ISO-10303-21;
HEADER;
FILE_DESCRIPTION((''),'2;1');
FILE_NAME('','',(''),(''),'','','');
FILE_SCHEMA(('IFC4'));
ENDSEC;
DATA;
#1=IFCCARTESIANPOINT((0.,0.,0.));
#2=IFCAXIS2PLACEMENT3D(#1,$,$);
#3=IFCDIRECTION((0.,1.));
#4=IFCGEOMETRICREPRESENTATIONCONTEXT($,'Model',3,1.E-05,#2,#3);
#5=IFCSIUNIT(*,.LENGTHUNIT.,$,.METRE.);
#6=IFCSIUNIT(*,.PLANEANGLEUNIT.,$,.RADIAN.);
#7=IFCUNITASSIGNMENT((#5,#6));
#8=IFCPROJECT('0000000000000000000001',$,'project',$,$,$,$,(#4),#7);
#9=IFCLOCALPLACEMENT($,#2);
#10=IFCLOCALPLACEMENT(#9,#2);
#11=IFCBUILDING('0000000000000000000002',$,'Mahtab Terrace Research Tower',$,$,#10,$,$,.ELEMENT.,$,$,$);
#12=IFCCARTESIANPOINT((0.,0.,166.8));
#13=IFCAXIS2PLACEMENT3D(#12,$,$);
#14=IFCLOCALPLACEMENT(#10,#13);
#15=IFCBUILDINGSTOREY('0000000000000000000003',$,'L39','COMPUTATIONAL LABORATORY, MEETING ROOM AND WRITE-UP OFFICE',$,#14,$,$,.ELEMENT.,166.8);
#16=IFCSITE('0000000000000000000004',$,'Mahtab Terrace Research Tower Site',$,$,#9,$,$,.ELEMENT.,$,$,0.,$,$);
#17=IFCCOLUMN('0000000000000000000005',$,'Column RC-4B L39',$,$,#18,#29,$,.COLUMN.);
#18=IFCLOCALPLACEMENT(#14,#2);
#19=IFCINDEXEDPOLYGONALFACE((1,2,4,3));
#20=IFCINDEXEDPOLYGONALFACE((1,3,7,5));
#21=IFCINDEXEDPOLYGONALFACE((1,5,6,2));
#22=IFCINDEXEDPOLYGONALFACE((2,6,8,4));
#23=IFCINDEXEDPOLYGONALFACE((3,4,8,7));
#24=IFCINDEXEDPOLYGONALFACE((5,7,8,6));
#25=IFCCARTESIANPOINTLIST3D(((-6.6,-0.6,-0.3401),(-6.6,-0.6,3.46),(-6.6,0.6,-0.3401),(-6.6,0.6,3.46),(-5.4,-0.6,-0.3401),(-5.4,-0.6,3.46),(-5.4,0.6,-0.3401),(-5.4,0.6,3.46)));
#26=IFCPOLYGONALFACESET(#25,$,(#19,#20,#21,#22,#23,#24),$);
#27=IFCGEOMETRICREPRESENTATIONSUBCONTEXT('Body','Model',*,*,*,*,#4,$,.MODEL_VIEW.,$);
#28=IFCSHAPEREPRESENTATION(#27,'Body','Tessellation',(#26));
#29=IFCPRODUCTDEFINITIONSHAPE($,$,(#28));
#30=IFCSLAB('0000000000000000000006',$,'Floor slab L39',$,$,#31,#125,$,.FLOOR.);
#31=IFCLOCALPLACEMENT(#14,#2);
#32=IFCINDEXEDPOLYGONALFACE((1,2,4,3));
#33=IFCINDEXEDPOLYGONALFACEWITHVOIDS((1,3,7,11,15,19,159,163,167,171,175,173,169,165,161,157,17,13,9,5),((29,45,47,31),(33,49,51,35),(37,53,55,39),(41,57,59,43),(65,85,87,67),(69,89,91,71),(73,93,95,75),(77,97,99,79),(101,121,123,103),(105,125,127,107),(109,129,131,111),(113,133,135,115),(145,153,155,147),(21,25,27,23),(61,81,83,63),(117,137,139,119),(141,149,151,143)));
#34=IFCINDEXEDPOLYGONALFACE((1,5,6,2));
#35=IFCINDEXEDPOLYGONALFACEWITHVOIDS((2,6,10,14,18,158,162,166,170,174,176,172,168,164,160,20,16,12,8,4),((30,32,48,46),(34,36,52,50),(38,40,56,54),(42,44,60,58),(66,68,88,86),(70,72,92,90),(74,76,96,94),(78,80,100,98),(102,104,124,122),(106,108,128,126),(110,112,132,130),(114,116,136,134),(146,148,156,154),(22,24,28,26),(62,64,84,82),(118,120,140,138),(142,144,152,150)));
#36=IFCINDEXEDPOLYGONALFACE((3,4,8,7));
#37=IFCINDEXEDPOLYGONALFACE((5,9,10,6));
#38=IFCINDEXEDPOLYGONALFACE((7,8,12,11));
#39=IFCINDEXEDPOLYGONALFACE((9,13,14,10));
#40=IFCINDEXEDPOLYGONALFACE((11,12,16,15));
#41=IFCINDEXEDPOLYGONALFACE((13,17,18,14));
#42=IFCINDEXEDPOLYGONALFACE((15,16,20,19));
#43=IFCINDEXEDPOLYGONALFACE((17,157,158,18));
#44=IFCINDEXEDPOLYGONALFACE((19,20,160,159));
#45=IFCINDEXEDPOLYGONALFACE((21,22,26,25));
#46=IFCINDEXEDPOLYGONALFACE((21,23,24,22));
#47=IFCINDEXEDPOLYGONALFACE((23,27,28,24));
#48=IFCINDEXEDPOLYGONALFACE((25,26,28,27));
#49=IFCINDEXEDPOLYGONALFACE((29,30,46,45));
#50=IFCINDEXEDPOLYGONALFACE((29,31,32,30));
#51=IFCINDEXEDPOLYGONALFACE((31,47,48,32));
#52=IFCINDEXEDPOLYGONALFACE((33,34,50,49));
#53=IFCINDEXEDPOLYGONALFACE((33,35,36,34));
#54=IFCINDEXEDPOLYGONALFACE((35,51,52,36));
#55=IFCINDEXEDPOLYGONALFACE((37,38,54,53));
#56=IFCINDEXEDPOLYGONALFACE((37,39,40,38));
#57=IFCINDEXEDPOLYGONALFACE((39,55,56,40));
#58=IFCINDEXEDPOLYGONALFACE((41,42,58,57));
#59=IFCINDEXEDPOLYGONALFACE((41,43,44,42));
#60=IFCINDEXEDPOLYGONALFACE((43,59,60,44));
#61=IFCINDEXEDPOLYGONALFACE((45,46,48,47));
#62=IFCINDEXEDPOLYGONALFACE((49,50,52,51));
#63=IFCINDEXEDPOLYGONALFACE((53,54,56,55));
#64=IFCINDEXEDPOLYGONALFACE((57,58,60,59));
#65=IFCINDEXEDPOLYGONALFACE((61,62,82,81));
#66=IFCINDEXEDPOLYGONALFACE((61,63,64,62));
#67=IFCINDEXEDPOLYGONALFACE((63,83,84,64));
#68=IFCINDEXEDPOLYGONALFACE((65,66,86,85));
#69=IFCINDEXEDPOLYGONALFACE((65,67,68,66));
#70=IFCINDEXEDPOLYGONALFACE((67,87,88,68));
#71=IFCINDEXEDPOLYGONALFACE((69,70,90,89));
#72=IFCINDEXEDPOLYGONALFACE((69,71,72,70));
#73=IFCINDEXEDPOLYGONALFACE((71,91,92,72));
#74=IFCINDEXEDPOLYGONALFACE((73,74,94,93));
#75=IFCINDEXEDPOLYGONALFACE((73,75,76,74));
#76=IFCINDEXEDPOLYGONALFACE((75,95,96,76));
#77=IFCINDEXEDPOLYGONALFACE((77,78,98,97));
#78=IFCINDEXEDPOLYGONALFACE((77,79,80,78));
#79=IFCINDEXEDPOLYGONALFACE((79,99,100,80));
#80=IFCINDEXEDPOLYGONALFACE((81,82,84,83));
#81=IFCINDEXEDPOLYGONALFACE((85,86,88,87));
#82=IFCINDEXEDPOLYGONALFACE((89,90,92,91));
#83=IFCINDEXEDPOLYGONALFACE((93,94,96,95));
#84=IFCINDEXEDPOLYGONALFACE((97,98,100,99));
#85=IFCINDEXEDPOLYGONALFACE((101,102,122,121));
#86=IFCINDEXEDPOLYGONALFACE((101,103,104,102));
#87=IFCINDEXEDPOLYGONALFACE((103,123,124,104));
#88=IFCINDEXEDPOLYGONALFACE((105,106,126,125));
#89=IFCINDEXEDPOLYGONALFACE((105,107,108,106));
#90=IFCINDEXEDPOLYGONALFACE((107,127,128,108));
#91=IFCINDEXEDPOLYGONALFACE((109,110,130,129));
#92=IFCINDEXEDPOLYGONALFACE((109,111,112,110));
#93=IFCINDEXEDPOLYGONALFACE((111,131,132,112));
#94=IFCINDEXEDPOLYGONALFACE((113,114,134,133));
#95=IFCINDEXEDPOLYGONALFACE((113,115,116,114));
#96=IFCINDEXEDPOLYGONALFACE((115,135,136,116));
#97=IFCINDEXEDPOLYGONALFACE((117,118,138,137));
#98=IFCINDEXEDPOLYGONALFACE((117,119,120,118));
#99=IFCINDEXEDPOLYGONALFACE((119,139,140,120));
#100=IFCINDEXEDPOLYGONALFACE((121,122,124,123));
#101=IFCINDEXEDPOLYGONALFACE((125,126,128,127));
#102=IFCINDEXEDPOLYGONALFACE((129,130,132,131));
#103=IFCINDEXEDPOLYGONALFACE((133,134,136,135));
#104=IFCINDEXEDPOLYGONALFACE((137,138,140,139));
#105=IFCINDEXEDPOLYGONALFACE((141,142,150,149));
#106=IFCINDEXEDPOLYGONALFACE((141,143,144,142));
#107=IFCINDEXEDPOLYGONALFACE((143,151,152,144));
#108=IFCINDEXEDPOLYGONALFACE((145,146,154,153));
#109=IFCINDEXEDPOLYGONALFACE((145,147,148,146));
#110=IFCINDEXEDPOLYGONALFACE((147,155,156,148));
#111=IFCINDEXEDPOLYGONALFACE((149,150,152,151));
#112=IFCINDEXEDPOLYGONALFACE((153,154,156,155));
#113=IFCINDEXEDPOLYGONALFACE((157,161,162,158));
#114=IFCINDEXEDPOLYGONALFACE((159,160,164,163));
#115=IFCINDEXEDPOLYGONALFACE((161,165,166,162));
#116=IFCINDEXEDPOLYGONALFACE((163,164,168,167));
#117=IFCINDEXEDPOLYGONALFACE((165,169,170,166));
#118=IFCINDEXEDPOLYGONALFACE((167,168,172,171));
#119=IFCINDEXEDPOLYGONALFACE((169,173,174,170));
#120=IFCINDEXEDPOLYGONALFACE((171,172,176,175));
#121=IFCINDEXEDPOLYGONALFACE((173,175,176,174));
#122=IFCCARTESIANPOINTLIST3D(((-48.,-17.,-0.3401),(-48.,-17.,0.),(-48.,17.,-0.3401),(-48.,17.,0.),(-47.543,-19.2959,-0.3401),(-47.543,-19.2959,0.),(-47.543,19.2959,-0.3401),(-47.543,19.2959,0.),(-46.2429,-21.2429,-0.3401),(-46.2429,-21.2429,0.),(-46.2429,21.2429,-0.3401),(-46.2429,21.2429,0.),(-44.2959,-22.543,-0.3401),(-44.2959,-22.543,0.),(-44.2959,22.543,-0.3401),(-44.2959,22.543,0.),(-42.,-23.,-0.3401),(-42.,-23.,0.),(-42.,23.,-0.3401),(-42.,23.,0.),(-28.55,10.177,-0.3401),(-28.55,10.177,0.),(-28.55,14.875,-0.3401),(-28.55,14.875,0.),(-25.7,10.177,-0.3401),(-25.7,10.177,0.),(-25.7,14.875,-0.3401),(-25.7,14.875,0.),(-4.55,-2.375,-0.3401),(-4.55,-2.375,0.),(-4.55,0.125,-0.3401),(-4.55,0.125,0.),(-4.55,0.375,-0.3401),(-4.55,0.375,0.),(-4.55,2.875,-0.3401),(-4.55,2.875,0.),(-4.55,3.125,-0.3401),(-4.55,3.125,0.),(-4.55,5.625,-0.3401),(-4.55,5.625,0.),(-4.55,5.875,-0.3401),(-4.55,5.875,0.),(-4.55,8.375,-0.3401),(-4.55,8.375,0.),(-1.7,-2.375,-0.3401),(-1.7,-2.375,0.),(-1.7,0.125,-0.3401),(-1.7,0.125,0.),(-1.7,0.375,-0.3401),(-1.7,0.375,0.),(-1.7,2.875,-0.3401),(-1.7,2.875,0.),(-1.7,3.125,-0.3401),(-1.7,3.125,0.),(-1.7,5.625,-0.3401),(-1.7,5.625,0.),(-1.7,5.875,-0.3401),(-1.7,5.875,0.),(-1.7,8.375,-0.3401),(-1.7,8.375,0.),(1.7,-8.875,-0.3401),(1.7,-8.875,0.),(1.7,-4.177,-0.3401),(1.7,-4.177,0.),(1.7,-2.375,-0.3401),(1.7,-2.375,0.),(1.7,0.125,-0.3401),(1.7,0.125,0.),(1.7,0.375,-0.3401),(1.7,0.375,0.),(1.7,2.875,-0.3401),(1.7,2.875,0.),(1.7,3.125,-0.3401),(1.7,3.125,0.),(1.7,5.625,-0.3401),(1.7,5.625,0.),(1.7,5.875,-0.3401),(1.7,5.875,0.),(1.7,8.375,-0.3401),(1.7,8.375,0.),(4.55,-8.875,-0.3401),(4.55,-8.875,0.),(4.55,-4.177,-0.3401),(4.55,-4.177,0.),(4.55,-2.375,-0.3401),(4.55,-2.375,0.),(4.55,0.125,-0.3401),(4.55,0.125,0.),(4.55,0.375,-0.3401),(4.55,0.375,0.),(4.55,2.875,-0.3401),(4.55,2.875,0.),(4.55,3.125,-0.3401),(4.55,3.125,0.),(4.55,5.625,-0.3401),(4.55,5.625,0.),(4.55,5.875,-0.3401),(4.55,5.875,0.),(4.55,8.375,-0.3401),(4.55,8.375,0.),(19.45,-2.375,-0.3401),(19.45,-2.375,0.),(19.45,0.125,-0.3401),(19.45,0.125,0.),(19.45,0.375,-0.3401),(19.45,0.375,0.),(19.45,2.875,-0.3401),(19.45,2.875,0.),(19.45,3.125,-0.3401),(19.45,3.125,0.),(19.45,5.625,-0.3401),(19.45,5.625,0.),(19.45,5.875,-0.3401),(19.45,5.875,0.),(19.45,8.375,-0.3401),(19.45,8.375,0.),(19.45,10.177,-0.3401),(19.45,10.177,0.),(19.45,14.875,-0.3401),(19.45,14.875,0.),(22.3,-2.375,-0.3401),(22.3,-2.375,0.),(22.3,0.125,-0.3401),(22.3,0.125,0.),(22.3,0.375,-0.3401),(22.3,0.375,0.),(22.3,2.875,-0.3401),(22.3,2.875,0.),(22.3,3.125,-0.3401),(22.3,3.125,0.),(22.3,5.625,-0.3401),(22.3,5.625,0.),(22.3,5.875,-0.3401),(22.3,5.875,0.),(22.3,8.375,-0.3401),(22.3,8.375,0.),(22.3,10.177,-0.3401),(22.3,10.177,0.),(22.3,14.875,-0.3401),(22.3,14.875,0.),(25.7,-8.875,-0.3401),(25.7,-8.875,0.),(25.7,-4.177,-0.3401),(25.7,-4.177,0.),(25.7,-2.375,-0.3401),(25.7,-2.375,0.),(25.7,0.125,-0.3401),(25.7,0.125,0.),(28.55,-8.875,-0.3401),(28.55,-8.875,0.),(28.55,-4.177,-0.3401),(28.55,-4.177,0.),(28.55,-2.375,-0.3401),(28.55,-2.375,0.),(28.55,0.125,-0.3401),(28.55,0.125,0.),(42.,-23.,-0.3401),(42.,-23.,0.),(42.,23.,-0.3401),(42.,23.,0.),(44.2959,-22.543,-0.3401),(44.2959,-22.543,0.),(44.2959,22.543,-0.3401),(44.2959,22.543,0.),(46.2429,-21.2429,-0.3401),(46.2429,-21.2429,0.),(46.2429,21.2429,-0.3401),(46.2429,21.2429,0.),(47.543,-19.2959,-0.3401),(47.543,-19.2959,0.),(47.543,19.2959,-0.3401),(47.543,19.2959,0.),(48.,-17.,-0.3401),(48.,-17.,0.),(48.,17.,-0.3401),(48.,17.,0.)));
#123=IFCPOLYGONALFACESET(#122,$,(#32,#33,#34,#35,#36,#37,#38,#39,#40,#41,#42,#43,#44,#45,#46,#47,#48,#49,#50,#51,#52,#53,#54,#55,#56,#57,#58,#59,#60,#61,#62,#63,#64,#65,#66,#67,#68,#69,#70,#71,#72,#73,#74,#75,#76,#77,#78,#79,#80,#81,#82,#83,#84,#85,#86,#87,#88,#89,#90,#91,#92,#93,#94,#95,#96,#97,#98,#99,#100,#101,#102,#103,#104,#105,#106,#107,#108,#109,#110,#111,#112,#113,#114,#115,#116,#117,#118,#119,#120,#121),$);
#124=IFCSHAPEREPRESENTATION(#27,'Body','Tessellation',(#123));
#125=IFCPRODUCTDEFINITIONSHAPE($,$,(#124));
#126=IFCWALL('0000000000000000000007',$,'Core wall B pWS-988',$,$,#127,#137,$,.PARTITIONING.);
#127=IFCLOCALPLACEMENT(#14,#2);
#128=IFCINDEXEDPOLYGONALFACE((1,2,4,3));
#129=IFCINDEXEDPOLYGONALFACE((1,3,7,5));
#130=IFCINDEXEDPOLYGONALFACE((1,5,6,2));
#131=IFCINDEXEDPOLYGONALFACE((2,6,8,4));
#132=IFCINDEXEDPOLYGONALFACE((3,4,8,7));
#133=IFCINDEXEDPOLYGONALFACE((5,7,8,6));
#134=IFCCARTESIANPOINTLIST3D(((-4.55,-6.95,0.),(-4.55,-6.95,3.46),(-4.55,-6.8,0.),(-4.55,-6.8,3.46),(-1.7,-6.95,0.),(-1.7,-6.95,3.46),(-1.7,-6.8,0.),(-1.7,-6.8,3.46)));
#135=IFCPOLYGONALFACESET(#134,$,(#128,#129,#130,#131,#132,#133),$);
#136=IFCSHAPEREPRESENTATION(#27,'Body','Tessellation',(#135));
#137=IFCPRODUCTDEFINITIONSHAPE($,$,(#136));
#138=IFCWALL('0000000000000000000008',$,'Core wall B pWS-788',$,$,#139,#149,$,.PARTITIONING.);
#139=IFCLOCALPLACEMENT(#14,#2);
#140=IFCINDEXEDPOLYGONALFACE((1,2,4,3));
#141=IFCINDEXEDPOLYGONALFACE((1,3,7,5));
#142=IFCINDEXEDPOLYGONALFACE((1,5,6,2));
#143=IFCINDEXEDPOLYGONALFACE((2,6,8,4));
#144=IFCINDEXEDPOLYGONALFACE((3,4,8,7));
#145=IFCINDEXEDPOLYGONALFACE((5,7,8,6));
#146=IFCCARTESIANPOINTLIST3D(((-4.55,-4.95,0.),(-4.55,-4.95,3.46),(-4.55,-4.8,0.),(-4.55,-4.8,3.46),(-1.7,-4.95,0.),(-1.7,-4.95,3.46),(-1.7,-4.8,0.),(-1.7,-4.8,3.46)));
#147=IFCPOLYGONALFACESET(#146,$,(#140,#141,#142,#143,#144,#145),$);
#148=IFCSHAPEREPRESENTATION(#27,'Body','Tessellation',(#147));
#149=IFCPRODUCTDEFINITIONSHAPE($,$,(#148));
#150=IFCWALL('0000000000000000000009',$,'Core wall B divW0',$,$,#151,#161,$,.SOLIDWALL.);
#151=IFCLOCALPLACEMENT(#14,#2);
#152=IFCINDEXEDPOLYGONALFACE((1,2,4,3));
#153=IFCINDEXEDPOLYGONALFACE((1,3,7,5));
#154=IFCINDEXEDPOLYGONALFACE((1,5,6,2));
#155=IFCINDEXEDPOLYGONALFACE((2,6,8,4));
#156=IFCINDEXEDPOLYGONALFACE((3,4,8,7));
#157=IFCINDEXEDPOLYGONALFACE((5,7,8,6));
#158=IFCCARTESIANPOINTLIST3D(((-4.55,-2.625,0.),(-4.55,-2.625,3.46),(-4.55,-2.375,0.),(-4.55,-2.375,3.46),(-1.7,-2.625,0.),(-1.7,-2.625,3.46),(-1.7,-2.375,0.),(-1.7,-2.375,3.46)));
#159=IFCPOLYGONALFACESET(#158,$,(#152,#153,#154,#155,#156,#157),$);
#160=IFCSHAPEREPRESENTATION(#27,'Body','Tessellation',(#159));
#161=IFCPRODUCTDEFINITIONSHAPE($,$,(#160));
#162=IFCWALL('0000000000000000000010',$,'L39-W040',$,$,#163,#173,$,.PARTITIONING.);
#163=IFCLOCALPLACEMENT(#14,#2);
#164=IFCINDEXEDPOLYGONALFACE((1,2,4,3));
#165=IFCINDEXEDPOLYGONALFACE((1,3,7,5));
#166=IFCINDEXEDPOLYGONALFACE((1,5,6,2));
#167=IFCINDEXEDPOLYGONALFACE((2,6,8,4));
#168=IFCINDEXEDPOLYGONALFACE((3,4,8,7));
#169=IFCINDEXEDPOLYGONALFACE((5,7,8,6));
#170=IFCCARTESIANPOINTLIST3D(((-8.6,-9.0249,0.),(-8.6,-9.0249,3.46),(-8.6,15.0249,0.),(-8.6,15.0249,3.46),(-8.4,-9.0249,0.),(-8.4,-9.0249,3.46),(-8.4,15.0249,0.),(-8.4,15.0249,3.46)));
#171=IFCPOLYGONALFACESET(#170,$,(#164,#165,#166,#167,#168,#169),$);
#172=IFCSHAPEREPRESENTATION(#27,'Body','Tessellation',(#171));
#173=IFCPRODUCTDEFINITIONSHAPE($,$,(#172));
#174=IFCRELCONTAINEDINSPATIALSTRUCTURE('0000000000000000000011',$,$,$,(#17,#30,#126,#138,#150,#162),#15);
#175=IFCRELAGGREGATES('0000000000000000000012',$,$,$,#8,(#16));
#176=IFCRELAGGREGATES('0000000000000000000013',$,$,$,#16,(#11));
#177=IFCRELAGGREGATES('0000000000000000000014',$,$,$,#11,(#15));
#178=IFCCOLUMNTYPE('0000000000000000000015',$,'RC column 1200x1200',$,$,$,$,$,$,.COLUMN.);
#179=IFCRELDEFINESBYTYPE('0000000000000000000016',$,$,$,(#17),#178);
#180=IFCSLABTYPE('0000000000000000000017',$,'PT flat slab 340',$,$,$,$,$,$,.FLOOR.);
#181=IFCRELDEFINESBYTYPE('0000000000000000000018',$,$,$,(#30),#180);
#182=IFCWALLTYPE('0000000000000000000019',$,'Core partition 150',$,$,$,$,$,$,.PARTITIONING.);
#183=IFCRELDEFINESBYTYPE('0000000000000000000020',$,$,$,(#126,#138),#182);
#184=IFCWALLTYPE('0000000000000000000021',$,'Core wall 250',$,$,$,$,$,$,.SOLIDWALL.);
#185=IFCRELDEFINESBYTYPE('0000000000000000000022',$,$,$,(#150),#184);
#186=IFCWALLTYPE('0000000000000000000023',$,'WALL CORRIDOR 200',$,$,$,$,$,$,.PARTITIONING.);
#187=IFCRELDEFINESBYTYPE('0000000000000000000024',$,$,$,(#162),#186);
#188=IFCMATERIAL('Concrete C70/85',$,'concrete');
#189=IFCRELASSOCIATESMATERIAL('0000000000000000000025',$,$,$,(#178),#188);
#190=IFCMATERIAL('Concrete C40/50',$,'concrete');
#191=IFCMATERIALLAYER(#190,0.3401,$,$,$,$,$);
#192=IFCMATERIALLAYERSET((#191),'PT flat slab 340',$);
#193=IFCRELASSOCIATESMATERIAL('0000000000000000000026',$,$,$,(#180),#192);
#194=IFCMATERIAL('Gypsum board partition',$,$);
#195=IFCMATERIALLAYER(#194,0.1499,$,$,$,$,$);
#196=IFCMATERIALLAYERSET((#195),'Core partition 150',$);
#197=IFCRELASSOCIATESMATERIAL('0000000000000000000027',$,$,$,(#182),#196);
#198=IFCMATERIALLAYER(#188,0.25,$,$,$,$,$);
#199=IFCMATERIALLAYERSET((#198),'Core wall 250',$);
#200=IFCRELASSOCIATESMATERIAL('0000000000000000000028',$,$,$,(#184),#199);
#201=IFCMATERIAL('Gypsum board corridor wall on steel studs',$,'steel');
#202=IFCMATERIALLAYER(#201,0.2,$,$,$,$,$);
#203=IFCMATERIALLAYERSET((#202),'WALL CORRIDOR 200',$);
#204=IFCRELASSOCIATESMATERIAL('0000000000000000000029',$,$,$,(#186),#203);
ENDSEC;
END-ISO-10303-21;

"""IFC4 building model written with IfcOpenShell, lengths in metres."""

from ifc_helpers import new_model, si_unit, direction, frame, frame_2d, origin, origin_2d, place, context, subcontext, project, spatial, polyline, rectangle, outline, extrude, material, layer, layer_set, material_profile, profile_set, type_object, element, save


model = new_model("IFC4")

# Units and contexts
model_context = context("Model", 3, precision=1e-05, world=origin(), true_north=direction((0.0, 1.0)))
body_context = subcontext(model_context, "Body", "Model", "MODEL_VIEW")
ifc_project = project(units=[si_unit("LENGTHUNIT", "METRE"), si_unit("PLANEANGLEUNIT", "RADIAN")], contexts=[model_context])

# Site, building, storey
site_placement = place(None, origin())
site = spatial("IfcSite", under=ifc_project, at=site_placement, Name="Mahtab Terrace Research Tower Site", CompositionType="ELEMENT", RefElevation=0.0)
building_placement = place(site_placement, origin())
building = spatial("IfcBuilding", under=site, at=building_placement, Name="Mahtab Terrace Research Tower", CompositionType="ELEMENT")
storey_placement = place(building_placement, frame((0.0, 0.0, 166.8)))
storey = spatial("IfcBuildingStorey", under=building, at=storey_placement, Name="L39", Description="COMPUTATIONAL LABORATORY, MEETING ROOM AND WRITE-UP OFFICE", CompositionType="ELEMENT", Elevation=166.8)

# Column
ifc_material_1 = material(Name="Concrete C70/85", Category="concrete")
ifc_material_profile = material_profile(ifc_material_1, rectangle(XDim=1.2, YDim=1.2, at=origin_2d()), Name="RC column 1200x1200")
ifc_profile_set = profile_set([ifc_material_profile], Name="Concrete C70/85")
column_type = type_object("IfcColumnType", Name="RC column 1200x1200", PredefinedType="COLUMN", material=ifc_profile_set)
column_placement = place(storey_placement, frame((-6.0, 0.0, -0.3401), z_axis=(0.0, 0.0, 1.0), x_axis=(1.0, 0.0, 0.0)))
element("IfcColumn", 1, at=column_placement, inside=storey, type_object=column_type, Name="Column RC-4B L39", PredefinedType="COLUMN", context=body_context, shape_type="SweptSolid", body=[
    extrude(rectangle(XDim=1.2, YDim=1.2, at=origin_2d()), origin(), (0.0, 0.0, 1.0), 3.8),
])

# Slab
ifc_material_2 = material(Name="Concrete C40/50", Category="concrete")
ifc_layer_1 = layer(ifc_material_2, 0.3401)
ifc_layer_set_1 = layer_set([ifc_layer_1], Name="PT flat slab 340")
slab_type = type_object("IfcSlabType", Name="PT flat slab 340", PredefinedType="FLOOR", material=ifc_layer_set_1)
slab_placement = place(storey_placement, frame((0.0, 0.0, -0.3401)))
element("IfcSlab", 2, at=slab_placement, inside=storey, type_object=slab_type, Name="Floor slab L39", PredefinedType="FLOOR", context=body_context, shape_type="SweptSolid", body=[
    extrude(outline(polyline([(47.543, 19.2959), (46.2429, 21.2429), (44.2959, 22.543), (42.0, 23.0), (-42.0, 23.0), (-44.2959, 22.543), (-46.2429, 21.2429), (-47.543, 19.2959), (-48.0, 17.0), (-48.0, -17.0), (-47.543, -19.2959), (-46.2429, -21.2429), (-44.2959, -22.543), (-42.0, -23.0), (42.0, -23.0), (44.2959, -22.543), (46.2429, -21.2429), (47.543, -19.2959), (48.0, -17.0), (48.0, 17.0), (47.543, 19.2959)]), holes=[polyline([(-4.55, -2.375), (-4.55, 0.125), (-1.7, 0.125), (-1.7, -2.375), (-4.55, -2.375)]), polyline([(1.7, -2.375), (1.7, 0.125), (4.55, 0.125), (4.55, -2.375), (1.7, -2.375)]), polyline([(-4.55, 0.375), (-4.55, 2.875), (-1.7, 2.875), (-1.7, 0.375), (-4.55, 0.375)]), polyline([(1.7, 0.375), (1.7, 2.875), (4.55, 2.875), (4.55, 0.375), (1.7, 0.375)]), polyline([(-4.55, 3.125), (-4.55, 5.625), (-1.7, 5.625), (-1.7, 3.125), (-4.55, 3.125)]), polyline([(1.7, 3.125), (1.7, 5.625), (4.55, 5.625), (4.55, 3.125), (1.7, 3.125)]), polyline([(-4.55, 5.875), (-4.55, 8.375), (-1.7, 8.375), (-1.7, 5.875), (-4.55, 5.875)]), polyline([(1.7, 5.875), (1.7, 8.375), (4.55, 8.375), (4.55, 5.875), (1.7, 5.875)]), polyline([(-28.55, 10.177), (-28.55, 14.875), (-25.7, 14.875), (-25.7, 10.177), (-28.55, 10.177)]), polyline([(1.7, -8.875), (1.7, -4.177), (4.55, -4.177), (4.55, -8.875), (1.7, -8.875)]), polyline([(25.7, -8.875), (25.7, -4.177), (28.55, -4.177), (28.55, -8.875), (25.7, -8.875)]), polyline([(19.45, -2.375), (19.45, 0.125), (22.3, 0.125), (22.3, -2.375), (19.45, -2.375)]), polyline([(25.7, -2.375), (25.7, 0.125), (28.55, 0.125), (28.55, -2.375), (25.7, -2.375)]), polyline([(19.45, 0.375), (19.45, 2.875), (22.3, 2.875), (22.3, 0.375), (19.45, 0.375)]), polyline([(19.45, 3.125), (19.45, 5.625), (22.3, 5.625), (22.3, 3.125), (19.45, 3.125)]), polyline([(19.45, 8.375), (22.3, 8.375), (22.3, 5.875), (19.45, 5.875), (19.45, 8.375)]), polyline([(19.45, 14.875), (22.3, 14.875), (22.3, 10.177), (19.45, 10.177), (19.45, 14.875)])]), origin(), (0.0, 0.0, 1.0), 0.3401),
])

# Walls
ifc_material_3 = material(Name="Gypsum board partition")
ifc_layer_2 = layer(ifc_material_3, 0.1499)
ifc_layer_set_2 = layer_set([ifc_layer_2], Name="Core partition 150")
wall_type_1 = type_object("IfcWallType", Name="Core partition 150", PredefinedType="PARTITIONING", material=ifc_layer_set_2)
for number, where, z_axis, x_axis, name in (
    (3, (-4.55, -6.875, 0.0), (0.0, 0.0, 1.0), (1.0, 0.0, 0.0), "Core wall B pWS-988"),
    (4, (-4.55, -4.875, 0.0), (0.0, 0.0, 1.0), (1.0, 0.0, 0.0), "Core wall B pWS-788"),
):
    element("IfcWall", number, at=place(storey_placement, frame(where, z_axis=z_axis, x_axis=x_axis)), inside=storey, type_object=wall_type_1, Name=name, PredefinedType="PARTITIONING", context=body_context, shape_type="SweptSolid", body=[
        extrude(rectangle(XDim=2.8501, YDim=0.1499, at=frame_2d((1.425, 0.0))), origin(), (0.0, 0.0, 1.0), 3.46),
    ])

# Shared definitions
ifc_layer_3 = layer(ifc_material_1, 0.25)
ifc_layer_set_3 = layer_set([ifc_layer_3], Name="Core wall 250")
wall_type_2 = type_object("IfcWallType", Name="Core wall 250", PredefinedType="SOLIDWALL", material=ifc_layer_set_3)

# Walls
wall_1_placement = place(storey_placement, frame((-4.55, -2.5, 0.0), z_axis=(0.0, 0.0, 1.0), x_axis=(1.0, 0.0, 0.0)))
element("IfcWall", 5, at=wall_1_placement, inside=storey, type_object=wall_type_2, Name="Core wall B divW0", PredefinedType="SOLIDWALL", context=body_context, shape_type="SweptSolid", body=[
    extrude(rectangle(XDim=2.8501, YDim=0.25, at=frame_2d((1.425, 0.0))), origin(), (0.0, 0.0, 1.0), 3.46),
])
ifc_material_4 = material(Name="Gypsum board corridor wall on steel studs", Category="steel")
ifc_layer_4 = layer(ifc_material_4, 0.2)
ifc_layer_set_4 = layer_set([ifc_layer_4], Name="WALL CORRIDOR 200")
wall_type_3 = type_object("IfcWallType", Name="WALL CORRIDOR 200", PredefinedType="PARTITIONING", material=ifc_layer_set_4)
wall_2_placement = place(storey_placement, frame((-8.5, -9.0249, 0.0), z_axis=(0.0, 0.0, 1.0), x_axis=(0.0, 1.0, 0.0)))
element("IfcWall", 6, at=wall_2_placement, inside=storey, type_object=wall_type_3, Name="L39-W040", PredefinedType="PARTITIONING", context=body_context, shape_type="SweptSolid", body=[
    extrude(rectangle(XDim=24.0498, YDim=0.2, at=frame_2d((12.0249, 0.0))), origin(), (0.0, 0.0, 1.0), 3.46),
])

save(model, "model.ifc")
